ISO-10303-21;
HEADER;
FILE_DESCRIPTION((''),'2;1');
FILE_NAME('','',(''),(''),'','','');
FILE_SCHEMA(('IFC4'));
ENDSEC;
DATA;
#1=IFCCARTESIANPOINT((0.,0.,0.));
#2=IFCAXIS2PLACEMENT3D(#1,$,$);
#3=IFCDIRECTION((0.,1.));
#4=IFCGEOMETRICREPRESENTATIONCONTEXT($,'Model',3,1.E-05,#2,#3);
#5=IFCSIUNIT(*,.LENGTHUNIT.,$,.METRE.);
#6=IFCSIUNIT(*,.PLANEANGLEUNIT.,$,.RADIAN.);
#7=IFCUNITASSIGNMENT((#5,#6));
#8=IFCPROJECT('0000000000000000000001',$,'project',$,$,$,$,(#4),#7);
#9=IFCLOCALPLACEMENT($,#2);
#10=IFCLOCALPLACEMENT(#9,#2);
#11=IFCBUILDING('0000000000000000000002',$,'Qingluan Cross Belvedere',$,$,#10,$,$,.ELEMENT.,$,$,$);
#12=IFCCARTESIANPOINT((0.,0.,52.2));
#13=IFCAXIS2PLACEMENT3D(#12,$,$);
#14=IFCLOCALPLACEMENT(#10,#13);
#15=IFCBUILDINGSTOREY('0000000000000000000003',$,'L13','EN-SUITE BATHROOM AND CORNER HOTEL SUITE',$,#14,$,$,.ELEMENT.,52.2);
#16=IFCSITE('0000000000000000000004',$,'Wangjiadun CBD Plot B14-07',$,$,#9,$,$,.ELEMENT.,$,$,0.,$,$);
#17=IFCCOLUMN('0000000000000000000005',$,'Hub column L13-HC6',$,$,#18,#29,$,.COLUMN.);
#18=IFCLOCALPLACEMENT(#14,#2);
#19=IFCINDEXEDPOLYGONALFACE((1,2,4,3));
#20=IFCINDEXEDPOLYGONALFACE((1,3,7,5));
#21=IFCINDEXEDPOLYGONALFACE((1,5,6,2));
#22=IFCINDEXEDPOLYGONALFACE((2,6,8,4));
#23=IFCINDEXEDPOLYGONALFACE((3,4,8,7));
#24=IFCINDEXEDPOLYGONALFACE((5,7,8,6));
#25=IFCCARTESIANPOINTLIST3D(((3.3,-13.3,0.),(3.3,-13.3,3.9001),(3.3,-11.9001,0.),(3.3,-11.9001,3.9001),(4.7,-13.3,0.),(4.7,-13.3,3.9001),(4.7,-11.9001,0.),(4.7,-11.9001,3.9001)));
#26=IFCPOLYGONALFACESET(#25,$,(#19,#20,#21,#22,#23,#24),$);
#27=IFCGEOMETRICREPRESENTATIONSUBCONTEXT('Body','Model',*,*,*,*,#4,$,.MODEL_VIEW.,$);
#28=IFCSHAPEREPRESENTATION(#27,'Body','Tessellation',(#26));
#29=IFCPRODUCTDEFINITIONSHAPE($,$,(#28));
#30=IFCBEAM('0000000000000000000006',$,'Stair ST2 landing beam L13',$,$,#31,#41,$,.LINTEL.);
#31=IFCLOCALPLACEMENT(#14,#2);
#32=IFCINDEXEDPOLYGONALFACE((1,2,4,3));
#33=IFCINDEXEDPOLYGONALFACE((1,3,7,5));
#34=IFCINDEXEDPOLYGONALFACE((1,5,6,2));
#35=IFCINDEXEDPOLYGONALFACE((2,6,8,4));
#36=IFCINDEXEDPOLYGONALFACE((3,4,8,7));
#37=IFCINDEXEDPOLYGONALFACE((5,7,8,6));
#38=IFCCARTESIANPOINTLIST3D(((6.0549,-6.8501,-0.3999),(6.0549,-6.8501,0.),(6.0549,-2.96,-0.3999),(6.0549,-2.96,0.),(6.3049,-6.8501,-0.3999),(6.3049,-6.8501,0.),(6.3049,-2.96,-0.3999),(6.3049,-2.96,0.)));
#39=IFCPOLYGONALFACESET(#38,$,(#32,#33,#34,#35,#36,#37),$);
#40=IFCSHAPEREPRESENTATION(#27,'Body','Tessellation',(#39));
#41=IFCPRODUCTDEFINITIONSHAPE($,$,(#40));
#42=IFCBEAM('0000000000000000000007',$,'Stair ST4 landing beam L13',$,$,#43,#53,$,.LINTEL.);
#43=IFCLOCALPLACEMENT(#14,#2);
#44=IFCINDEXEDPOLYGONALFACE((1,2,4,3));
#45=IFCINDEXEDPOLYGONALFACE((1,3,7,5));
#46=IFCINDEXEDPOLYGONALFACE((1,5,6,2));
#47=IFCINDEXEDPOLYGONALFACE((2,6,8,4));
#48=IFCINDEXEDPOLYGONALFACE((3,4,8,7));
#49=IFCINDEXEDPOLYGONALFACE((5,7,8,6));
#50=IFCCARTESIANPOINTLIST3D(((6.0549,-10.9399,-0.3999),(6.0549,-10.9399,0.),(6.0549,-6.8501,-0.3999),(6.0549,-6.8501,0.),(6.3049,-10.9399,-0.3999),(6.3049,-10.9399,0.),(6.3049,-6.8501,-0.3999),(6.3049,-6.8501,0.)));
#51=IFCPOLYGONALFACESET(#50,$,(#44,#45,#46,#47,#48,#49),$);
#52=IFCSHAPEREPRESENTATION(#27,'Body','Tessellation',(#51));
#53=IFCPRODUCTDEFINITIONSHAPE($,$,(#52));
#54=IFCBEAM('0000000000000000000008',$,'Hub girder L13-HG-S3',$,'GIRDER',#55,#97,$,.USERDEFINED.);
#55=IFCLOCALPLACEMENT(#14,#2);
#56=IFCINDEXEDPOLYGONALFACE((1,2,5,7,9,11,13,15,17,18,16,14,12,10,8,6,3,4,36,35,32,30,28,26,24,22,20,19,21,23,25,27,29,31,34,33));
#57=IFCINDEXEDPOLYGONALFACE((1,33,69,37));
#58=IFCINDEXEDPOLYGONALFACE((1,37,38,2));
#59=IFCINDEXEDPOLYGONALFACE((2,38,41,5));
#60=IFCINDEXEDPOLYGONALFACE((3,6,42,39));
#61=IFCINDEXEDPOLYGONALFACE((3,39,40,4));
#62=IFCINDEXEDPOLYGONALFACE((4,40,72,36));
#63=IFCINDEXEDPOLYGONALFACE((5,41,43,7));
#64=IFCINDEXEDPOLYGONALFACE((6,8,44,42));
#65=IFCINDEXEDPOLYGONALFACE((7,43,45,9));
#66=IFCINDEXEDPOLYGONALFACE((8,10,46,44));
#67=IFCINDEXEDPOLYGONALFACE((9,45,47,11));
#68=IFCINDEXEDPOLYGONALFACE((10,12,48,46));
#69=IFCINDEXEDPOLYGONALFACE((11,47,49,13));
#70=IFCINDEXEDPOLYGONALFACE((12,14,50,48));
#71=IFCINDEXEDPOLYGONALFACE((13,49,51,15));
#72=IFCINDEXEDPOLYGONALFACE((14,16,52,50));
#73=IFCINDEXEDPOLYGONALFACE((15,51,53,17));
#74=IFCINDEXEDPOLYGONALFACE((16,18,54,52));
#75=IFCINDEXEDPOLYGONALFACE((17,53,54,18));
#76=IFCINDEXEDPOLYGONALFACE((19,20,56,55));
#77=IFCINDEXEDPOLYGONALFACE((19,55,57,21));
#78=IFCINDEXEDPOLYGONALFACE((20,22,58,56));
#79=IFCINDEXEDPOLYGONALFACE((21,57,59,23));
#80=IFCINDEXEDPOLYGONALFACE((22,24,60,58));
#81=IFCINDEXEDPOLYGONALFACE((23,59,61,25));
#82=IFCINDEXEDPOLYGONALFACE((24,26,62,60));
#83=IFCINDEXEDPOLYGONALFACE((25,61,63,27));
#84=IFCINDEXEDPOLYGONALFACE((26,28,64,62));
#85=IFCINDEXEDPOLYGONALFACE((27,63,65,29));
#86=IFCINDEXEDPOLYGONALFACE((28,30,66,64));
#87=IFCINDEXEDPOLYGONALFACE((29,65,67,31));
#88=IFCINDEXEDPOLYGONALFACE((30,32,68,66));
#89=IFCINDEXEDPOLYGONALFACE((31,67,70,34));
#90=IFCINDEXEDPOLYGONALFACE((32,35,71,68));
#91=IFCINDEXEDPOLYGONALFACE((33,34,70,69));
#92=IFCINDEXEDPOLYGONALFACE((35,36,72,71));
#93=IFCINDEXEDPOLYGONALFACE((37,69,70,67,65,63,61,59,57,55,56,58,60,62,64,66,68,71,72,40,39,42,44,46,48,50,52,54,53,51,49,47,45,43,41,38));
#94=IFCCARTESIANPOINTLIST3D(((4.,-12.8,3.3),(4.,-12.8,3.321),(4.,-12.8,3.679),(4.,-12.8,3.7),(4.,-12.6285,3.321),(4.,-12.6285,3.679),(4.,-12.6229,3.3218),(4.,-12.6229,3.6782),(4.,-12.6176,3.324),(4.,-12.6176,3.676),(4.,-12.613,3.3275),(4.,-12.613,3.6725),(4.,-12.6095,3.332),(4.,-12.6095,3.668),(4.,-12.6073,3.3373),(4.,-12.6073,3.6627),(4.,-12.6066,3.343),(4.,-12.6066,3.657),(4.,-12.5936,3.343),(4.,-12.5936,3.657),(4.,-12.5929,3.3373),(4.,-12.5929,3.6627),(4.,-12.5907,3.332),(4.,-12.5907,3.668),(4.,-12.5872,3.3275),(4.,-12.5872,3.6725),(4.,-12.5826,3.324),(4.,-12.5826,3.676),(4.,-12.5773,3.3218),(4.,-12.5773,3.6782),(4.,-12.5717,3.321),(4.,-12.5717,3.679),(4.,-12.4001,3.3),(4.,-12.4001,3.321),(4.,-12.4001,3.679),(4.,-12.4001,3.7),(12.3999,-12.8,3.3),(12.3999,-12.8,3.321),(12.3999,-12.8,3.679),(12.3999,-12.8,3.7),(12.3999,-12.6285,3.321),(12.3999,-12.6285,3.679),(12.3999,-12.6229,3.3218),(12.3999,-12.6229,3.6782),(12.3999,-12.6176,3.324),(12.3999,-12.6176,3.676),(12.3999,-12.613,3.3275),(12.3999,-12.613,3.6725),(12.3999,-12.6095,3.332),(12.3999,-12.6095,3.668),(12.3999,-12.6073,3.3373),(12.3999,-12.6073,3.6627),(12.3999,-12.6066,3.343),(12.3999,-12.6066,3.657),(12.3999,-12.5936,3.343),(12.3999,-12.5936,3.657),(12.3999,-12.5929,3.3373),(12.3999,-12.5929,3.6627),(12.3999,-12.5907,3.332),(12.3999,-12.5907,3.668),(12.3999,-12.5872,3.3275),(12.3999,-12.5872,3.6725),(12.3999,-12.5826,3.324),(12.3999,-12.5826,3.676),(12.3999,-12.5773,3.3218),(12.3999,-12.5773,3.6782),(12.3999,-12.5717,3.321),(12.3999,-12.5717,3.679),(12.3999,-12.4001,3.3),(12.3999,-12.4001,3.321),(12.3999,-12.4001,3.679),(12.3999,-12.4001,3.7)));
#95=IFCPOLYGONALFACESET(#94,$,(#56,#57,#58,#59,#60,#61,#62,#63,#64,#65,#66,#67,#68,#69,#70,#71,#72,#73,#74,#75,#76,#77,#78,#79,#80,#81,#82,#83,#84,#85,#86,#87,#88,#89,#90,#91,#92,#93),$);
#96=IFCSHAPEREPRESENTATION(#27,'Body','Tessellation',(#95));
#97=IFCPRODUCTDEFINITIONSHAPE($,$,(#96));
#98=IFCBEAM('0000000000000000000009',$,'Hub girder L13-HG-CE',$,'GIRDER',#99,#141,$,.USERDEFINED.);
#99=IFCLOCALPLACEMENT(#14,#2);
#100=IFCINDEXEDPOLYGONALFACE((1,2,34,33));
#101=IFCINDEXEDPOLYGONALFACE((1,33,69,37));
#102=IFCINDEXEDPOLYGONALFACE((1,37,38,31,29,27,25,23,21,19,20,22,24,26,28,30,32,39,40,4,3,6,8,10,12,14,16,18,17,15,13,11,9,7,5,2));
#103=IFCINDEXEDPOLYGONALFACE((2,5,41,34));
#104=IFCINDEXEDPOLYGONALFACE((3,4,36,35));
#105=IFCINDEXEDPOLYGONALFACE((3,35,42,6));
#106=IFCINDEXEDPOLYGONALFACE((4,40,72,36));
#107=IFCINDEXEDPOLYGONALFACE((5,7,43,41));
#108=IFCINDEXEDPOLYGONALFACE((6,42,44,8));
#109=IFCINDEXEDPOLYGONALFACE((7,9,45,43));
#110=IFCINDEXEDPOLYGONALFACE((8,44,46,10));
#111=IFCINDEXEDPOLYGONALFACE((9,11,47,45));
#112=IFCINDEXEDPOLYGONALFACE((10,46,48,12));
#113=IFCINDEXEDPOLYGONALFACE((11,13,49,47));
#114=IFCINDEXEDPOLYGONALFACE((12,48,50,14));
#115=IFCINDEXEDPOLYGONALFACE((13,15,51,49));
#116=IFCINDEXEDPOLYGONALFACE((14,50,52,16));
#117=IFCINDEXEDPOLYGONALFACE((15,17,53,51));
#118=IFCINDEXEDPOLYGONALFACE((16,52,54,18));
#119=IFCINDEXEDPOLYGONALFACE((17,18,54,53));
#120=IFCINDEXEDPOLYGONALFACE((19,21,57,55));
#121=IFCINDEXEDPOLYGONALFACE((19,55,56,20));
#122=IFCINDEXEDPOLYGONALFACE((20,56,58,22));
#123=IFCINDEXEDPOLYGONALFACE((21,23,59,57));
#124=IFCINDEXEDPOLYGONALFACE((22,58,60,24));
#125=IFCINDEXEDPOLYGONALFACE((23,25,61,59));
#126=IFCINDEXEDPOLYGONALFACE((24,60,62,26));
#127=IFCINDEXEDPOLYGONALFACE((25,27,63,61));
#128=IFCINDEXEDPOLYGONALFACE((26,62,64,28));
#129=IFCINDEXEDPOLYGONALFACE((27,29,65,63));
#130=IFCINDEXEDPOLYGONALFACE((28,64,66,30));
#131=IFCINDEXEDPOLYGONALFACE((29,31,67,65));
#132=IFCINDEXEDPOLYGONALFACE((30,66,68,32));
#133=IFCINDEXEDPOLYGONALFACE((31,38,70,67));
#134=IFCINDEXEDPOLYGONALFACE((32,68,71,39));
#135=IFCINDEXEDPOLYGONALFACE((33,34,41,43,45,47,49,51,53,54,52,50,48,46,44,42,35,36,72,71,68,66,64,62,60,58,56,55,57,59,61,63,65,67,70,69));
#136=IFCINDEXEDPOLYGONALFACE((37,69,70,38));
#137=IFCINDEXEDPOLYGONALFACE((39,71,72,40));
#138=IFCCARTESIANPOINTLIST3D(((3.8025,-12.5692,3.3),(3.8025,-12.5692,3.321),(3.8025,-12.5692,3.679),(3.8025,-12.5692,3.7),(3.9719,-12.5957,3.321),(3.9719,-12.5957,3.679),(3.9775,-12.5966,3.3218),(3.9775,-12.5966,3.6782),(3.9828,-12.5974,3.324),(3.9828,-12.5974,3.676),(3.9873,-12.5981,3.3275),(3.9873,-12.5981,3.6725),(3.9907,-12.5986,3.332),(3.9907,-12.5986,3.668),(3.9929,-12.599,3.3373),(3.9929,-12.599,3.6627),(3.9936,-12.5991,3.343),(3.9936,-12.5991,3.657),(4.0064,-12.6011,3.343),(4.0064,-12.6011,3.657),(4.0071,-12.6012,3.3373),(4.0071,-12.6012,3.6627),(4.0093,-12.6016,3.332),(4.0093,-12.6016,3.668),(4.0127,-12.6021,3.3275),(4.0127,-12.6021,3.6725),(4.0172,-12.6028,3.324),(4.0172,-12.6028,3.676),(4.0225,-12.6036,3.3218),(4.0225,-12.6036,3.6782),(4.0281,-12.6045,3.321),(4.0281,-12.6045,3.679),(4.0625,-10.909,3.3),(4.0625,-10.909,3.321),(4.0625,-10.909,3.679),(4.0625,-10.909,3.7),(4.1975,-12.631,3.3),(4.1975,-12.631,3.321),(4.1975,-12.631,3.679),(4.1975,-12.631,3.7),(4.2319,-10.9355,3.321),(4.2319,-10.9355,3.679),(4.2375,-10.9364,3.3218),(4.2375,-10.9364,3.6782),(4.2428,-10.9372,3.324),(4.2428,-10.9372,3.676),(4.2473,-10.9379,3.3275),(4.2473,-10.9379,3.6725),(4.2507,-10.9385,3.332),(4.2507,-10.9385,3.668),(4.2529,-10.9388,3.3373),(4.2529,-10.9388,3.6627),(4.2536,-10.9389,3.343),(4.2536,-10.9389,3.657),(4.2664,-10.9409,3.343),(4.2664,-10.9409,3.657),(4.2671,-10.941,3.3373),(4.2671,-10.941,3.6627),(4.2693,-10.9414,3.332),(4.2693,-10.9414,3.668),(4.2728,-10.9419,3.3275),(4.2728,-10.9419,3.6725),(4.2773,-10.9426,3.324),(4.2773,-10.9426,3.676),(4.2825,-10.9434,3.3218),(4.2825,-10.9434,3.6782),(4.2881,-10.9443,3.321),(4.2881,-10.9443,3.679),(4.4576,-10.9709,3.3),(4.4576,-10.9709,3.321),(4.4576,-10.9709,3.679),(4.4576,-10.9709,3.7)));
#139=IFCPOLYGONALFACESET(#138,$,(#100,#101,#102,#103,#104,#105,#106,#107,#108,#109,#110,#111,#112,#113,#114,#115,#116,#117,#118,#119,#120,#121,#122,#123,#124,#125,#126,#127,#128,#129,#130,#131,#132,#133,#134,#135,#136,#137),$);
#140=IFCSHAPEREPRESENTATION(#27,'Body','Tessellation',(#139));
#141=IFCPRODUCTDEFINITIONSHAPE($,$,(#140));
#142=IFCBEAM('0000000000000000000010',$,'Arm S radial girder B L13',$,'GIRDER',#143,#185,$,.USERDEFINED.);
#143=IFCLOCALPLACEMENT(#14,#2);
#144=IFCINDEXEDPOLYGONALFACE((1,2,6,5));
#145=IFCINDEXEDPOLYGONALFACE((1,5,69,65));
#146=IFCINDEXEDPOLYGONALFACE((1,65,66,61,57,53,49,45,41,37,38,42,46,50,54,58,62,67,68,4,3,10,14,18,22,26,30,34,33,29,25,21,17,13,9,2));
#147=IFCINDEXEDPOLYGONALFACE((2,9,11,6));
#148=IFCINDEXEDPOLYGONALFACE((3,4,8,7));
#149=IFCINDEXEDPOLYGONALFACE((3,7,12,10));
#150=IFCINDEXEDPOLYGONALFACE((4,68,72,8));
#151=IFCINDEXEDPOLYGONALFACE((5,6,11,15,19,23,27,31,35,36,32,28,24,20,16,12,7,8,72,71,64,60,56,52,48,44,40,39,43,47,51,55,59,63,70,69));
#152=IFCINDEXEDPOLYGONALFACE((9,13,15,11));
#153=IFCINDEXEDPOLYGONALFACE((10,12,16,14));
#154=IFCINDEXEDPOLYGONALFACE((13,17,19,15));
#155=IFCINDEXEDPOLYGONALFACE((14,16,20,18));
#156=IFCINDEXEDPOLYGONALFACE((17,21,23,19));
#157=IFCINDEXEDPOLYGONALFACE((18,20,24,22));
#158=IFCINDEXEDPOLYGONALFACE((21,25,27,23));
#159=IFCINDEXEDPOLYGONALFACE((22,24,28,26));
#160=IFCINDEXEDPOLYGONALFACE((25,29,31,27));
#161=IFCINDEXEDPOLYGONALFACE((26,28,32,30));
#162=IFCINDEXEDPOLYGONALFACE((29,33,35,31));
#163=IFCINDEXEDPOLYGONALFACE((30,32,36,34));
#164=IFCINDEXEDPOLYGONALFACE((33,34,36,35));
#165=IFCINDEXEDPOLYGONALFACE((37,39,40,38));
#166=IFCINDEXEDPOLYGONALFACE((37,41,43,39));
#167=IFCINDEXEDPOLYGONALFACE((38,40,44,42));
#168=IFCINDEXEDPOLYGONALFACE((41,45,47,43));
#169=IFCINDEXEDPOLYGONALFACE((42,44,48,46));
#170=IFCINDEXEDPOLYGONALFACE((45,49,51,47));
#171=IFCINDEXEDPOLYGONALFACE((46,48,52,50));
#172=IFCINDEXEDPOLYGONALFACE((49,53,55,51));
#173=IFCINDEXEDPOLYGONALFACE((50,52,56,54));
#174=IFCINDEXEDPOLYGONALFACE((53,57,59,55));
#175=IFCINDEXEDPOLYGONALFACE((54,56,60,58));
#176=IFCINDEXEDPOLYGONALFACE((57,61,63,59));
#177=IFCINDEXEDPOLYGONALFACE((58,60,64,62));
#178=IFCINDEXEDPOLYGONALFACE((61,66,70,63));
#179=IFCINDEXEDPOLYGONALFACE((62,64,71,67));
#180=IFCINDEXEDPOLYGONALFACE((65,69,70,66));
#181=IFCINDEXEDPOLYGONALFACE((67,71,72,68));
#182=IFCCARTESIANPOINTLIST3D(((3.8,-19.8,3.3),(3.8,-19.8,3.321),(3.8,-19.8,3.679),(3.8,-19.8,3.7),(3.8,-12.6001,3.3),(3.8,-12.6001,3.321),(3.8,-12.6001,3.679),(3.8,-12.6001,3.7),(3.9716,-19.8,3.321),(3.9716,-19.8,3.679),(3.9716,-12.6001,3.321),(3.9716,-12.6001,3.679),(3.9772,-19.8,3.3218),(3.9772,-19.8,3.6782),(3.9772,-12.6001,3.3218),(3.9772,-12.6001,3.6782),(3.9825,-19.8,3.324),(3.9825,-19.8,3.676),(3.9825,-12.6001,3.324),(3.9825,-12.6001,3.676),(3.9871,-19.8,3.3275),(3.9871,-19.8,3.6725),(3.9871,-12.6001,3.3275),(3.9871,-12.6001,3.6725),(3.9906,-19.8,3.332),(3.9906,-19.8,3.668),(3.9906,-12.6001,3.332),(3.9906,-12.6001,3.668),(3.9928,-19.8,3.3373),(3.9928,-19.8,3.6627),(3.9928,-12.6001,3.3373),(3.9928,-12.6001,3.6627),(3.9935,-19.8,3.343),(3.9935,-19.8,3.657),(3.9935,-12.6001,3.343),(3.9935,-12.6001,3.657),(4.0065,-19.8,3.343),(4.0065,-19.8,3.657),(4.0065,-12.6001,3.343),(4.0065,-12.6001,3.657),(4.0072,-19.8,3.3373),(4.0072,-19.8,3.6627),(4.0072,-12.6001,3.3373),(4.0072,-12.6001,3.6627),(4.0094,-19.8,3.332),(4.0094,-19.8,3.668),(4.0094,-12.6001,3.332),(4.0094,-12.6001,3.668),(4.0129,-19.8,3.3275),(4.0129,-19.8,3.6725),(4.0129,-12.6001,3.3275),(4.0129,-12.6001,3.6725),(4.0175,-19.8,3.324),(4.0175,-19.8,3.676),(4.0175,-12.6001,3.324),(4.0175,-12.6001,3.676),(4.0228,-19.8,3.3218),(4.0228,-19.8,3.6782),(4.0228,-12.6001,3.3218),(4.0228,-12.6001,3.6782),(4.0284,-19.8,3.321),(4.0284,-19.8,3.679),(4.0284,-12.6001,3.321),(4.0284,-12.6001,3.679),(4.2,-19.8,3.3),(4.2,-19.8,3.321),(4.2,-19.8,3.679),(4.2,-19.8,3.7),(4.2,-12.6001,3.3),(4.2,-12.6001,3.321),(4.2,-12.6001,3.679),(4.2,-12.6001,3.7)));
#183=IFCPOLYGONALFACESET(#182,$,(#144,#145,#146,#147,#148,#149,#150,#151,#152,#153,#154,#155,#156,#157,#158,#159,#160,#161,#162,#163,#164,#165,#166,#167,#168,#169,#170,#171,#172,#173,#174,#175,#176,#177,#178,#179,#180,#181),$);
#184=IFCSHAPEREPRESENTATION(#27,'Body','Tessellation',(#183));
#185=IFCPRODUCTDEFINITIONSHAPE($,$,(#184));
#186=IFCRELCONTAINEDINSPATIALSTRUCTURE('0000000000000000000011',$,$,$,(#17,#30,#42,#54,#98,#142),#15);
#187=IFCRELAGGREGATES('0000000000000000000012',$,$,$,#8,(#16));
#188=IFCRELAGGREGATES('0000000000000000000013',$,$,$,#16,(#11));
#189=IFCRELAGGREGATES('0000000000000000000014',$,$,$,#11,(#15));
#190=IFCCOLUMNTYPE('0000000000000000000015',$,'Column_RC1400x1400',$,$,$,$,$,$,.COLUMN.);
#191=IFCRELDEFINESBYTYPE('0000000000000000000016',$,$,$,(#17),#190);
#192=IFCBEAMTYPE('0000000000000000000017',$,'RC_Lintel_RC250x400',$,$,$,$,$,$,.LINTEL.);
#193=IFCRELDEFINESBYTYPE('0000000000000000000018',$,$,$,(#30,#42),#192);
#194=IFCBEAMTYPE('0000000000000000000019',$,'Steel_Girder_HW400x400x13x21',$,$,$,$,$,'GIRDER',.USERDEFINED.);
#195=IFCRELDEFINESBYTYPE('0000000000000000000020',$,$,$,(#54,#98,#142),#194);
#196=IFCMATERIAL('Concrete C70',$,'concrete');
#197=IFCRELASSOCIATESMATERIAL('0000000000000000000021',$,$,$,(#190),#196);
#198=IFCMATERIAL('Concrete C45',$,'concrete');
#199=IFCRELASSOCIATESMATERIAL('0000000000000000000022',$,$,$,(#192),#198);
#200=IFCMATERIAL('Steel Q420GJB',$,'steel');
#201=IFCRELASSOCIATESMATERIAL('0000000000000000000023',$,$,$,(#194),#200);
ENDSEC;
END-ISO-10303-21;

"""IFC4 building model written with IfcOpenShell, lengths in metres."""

from ifc_helpers import new_model, si_unit, direction, frame, origin, origin_2d, place, context, subcontext, project, spatial, rectangle, i_section, extrude, material, material_profile, profile_set, type_object, element, save


model = new_model("IFC4")

# Units and contexts
model_context = context("Model", 3, precision=1e-05, world=origin(), true_north=direction((0.0, 1.0)))
body_context = subcontext(model_context, "Body", "Model", "MODEL_VIEW")
ifc_project = project(units=[si_unit("LENGTHUNIT", "METRE"), si_unit("PLANEANGLEUNIT", "RADIAN")], contexts=[model_context])

# Site, building, storey
site_placement = place(None, origin())
site = spatial("IfcSite", under=ifc_project, at=site_placement, Name="Wangjiadun CBD Plot B14-07", CompositionType="ELEMENT", RefElevation=0.0)
building_placement = place(site_placement, origin())
building = spatial("IfcBuilding", under=site, at=building_placement, Name="Qingluan Cross Belvedere", CompositionType="ELEMENT")
storey_placement = place(building_placement, frame((0.0, 0.0, 52.2)))
storey = spatial("IfcBuildingStorey", under=building, at=storey_placement, Name="L13", Description="EN-SUITE BATHROOM AND CORNER HOTEL SUITE", CompositionType="ELEMENT", Elevation=52.2)

# Column
ifc_material_1 = material(Name="Concrete C70", Category="concrete")
ifc_material_profile_1 = material_profile(ifc_material_1, rectangle(XDim=1.3999, YDim=1.3999, at=origin_2d()), Name="RC1400x1400")
ifc_profile_set_1 = profile_set([ifc_material_profile_1], Name="Concrete C70")
column_type = type_object("IfcColumnType", Name="Column_RC1400x1400", PredefinedType="COLUMN", material=ifc_profile_set_1)
column_placement = place(storey_placement, frame((4.0, -12.6001, 0.0), z_axis=(0.0, 0.0, 1.0), x_axis=(1.0, 0.0, 0.0)))
element("IfcColumn", 1, at=column_placement, inside=storey, type_object=column_type, Name="Hub column L13-HC6", PredefinedType="COLUMN", context=body_context, shape_type="SweptSolid", body=[
    extrude(rectangle(XDim=1.3999, YDim=1.3999, at=origin_2d()), origin(), (0.0, 0.0, 1.0), 3.9001),
])

# Beams
ifc_material_2 = material(Name="Concrete C45", Category="concrete")
ifc_material_profile_2 = material_profile(ifc_material_2, rectangle(XDim=0.25, YDim=0.3999, at=origin_2d()), Name="RC250x400")
ifc_profile_set_2 = profile_set([ifc_material_profile_2], Name="Concrete C45")
beam_type_1 = type_object("IfcBeamType", Name="RC_Lintel_RC250x400", PredefinedType="LINTEL", material=ifc_profile_set_2)
beam_1_placement = place(storey_placement, frame((6.1799, -6.8501, -0.2), z_axis=(0.0, 1.0, 0.0), x_axis=(-1.0, 0.0, 0.0)))
element("IfcBeam", 2, at=beam_1_placement, inside=storey, type_object=beam_type_1, Name="Stair ST2 landing beam L13", PredefinedType="LINTEL", context=body_context, shape_type="SweptSolid", body=[
    extrude(rectangle(XDim=0.25, YDim=0.3999, at=origin_2d()), origin(), (0.0, 0.0, 1.0), 3.8901),
])
beam_2_placement = place(storey_placement, frame((6.1799, -10.9399, -0.2), z_axis=(0.0, 1.0, 0.0), x_axis=(-1.0, 0.0, 0.0)))
element("IfcBeam", 3, at=beam_2_placement, inside=storey, type_object=beam_type_1, Name="Stair ST4 landing beam L13", PredefinedType="LINTEL", context=body_context, shape_type="SweptSolid", body=[
    extrude(rectangle(XDim=0.25, YDim=0.3999, at=origin_2d()), origin(), (0.0, 0.0, 1.0), 4.0898),
])
ifc_material_3 = material(Name="Steel Q420GJB", Category="steel")
ifc_material_profile_3 = material_profile(ifc_material_3, i_section(OverallWidth=0.3999, OverallDepth=0.3999, WebThickness=0.0129, FlangeThickness=0.021, FilletRadius=0.022, at=origin_2d()), Name="HW400x400x13x21")
ifc_profile_set_3 = profile_set([ifc_material_profile_3], Name="Steel Q420GJB")
beam_type_2 = type_object("IfcBeamType", Name="Steel_Girder_HW400x400x13x21", ElementType="GIRDER", PredefinedType="USERDEFINED", material=ifc_profile_set_3)
beam_3_placement = place(storey_placement, frame((4.0, -12.6001, 3.5), z_axis=(1.0, 0.0, 0.0), x_axis=(0.0, 1.0, 0.0)))
element("IfcBeam", 4, at=beam_3_placement, inside=storey, type_object=beam_type_2, Name="Hub girder L13-HG-S3", ObjectType="GIRDER", PredefinedType="USERDEFINED", context=body_context, shape_type="SweptSolid", body=[
    extrude(i_section(OverallWidth=0.3999, OverallDepth=0.3999, WebThickness=0.0129, FlangeThickness=0.021, FilletRadius=0.022, at=origin_2d()), origin(), (0.0, 0.0, 1.0), 8.3999),
])
beam_4_placement = place(storey_placement, frame((4.0, -12.6001, 3.5), z_axis=(0.154731, 0.987957, 0.0), x_axis=(-0.987957, 0.154731, 0.0)))
element("IfcBeam", 5, at=beam_4_placement, inside=storey, type_object=beam_type_2, Name="Hub girder L13-HG-CE", ObjectType="GIRDER", PredefinedType="USERDEFINED", context=body_context, shape_type="SweptSolid", body=[
    extrude(i_section(OverallWidth=0.3999, OverallDepth=0.3999, WebThickness=0.0129, FlangeThickness=0.021, FilletRadius=0.022, at=origin_2d()), origin(), (0.0, 0.0, 1.0), 1.6804),
])
beam_5_placement = place(storey_placement, frame((4.0, -12.6001, 3.5), z_axis=(0.0, -1.0, 0.0), x_axis=(1.0, 0.0, 0.0)))
element("IfcBeam", 6, at=beam_5_placement, inside=storey, type_object=beam_type_2, Name="Arm S radial girder B L13", ObjectType="GIRDER", PredefinedType="USERDEFINED", context=body_context, shape_type="SweptSolid", body=[
    extrude(i_section(OverallWidth=0.3999, OverallDepth=0.3999, WebThickness=0.0129, FlangeThickness=0.021, FilletRadius=0.022, at=origin_2d()), origin(), (0.0, 0.0, 1.0), 7.2),
])

save(model, "model.ifc")
